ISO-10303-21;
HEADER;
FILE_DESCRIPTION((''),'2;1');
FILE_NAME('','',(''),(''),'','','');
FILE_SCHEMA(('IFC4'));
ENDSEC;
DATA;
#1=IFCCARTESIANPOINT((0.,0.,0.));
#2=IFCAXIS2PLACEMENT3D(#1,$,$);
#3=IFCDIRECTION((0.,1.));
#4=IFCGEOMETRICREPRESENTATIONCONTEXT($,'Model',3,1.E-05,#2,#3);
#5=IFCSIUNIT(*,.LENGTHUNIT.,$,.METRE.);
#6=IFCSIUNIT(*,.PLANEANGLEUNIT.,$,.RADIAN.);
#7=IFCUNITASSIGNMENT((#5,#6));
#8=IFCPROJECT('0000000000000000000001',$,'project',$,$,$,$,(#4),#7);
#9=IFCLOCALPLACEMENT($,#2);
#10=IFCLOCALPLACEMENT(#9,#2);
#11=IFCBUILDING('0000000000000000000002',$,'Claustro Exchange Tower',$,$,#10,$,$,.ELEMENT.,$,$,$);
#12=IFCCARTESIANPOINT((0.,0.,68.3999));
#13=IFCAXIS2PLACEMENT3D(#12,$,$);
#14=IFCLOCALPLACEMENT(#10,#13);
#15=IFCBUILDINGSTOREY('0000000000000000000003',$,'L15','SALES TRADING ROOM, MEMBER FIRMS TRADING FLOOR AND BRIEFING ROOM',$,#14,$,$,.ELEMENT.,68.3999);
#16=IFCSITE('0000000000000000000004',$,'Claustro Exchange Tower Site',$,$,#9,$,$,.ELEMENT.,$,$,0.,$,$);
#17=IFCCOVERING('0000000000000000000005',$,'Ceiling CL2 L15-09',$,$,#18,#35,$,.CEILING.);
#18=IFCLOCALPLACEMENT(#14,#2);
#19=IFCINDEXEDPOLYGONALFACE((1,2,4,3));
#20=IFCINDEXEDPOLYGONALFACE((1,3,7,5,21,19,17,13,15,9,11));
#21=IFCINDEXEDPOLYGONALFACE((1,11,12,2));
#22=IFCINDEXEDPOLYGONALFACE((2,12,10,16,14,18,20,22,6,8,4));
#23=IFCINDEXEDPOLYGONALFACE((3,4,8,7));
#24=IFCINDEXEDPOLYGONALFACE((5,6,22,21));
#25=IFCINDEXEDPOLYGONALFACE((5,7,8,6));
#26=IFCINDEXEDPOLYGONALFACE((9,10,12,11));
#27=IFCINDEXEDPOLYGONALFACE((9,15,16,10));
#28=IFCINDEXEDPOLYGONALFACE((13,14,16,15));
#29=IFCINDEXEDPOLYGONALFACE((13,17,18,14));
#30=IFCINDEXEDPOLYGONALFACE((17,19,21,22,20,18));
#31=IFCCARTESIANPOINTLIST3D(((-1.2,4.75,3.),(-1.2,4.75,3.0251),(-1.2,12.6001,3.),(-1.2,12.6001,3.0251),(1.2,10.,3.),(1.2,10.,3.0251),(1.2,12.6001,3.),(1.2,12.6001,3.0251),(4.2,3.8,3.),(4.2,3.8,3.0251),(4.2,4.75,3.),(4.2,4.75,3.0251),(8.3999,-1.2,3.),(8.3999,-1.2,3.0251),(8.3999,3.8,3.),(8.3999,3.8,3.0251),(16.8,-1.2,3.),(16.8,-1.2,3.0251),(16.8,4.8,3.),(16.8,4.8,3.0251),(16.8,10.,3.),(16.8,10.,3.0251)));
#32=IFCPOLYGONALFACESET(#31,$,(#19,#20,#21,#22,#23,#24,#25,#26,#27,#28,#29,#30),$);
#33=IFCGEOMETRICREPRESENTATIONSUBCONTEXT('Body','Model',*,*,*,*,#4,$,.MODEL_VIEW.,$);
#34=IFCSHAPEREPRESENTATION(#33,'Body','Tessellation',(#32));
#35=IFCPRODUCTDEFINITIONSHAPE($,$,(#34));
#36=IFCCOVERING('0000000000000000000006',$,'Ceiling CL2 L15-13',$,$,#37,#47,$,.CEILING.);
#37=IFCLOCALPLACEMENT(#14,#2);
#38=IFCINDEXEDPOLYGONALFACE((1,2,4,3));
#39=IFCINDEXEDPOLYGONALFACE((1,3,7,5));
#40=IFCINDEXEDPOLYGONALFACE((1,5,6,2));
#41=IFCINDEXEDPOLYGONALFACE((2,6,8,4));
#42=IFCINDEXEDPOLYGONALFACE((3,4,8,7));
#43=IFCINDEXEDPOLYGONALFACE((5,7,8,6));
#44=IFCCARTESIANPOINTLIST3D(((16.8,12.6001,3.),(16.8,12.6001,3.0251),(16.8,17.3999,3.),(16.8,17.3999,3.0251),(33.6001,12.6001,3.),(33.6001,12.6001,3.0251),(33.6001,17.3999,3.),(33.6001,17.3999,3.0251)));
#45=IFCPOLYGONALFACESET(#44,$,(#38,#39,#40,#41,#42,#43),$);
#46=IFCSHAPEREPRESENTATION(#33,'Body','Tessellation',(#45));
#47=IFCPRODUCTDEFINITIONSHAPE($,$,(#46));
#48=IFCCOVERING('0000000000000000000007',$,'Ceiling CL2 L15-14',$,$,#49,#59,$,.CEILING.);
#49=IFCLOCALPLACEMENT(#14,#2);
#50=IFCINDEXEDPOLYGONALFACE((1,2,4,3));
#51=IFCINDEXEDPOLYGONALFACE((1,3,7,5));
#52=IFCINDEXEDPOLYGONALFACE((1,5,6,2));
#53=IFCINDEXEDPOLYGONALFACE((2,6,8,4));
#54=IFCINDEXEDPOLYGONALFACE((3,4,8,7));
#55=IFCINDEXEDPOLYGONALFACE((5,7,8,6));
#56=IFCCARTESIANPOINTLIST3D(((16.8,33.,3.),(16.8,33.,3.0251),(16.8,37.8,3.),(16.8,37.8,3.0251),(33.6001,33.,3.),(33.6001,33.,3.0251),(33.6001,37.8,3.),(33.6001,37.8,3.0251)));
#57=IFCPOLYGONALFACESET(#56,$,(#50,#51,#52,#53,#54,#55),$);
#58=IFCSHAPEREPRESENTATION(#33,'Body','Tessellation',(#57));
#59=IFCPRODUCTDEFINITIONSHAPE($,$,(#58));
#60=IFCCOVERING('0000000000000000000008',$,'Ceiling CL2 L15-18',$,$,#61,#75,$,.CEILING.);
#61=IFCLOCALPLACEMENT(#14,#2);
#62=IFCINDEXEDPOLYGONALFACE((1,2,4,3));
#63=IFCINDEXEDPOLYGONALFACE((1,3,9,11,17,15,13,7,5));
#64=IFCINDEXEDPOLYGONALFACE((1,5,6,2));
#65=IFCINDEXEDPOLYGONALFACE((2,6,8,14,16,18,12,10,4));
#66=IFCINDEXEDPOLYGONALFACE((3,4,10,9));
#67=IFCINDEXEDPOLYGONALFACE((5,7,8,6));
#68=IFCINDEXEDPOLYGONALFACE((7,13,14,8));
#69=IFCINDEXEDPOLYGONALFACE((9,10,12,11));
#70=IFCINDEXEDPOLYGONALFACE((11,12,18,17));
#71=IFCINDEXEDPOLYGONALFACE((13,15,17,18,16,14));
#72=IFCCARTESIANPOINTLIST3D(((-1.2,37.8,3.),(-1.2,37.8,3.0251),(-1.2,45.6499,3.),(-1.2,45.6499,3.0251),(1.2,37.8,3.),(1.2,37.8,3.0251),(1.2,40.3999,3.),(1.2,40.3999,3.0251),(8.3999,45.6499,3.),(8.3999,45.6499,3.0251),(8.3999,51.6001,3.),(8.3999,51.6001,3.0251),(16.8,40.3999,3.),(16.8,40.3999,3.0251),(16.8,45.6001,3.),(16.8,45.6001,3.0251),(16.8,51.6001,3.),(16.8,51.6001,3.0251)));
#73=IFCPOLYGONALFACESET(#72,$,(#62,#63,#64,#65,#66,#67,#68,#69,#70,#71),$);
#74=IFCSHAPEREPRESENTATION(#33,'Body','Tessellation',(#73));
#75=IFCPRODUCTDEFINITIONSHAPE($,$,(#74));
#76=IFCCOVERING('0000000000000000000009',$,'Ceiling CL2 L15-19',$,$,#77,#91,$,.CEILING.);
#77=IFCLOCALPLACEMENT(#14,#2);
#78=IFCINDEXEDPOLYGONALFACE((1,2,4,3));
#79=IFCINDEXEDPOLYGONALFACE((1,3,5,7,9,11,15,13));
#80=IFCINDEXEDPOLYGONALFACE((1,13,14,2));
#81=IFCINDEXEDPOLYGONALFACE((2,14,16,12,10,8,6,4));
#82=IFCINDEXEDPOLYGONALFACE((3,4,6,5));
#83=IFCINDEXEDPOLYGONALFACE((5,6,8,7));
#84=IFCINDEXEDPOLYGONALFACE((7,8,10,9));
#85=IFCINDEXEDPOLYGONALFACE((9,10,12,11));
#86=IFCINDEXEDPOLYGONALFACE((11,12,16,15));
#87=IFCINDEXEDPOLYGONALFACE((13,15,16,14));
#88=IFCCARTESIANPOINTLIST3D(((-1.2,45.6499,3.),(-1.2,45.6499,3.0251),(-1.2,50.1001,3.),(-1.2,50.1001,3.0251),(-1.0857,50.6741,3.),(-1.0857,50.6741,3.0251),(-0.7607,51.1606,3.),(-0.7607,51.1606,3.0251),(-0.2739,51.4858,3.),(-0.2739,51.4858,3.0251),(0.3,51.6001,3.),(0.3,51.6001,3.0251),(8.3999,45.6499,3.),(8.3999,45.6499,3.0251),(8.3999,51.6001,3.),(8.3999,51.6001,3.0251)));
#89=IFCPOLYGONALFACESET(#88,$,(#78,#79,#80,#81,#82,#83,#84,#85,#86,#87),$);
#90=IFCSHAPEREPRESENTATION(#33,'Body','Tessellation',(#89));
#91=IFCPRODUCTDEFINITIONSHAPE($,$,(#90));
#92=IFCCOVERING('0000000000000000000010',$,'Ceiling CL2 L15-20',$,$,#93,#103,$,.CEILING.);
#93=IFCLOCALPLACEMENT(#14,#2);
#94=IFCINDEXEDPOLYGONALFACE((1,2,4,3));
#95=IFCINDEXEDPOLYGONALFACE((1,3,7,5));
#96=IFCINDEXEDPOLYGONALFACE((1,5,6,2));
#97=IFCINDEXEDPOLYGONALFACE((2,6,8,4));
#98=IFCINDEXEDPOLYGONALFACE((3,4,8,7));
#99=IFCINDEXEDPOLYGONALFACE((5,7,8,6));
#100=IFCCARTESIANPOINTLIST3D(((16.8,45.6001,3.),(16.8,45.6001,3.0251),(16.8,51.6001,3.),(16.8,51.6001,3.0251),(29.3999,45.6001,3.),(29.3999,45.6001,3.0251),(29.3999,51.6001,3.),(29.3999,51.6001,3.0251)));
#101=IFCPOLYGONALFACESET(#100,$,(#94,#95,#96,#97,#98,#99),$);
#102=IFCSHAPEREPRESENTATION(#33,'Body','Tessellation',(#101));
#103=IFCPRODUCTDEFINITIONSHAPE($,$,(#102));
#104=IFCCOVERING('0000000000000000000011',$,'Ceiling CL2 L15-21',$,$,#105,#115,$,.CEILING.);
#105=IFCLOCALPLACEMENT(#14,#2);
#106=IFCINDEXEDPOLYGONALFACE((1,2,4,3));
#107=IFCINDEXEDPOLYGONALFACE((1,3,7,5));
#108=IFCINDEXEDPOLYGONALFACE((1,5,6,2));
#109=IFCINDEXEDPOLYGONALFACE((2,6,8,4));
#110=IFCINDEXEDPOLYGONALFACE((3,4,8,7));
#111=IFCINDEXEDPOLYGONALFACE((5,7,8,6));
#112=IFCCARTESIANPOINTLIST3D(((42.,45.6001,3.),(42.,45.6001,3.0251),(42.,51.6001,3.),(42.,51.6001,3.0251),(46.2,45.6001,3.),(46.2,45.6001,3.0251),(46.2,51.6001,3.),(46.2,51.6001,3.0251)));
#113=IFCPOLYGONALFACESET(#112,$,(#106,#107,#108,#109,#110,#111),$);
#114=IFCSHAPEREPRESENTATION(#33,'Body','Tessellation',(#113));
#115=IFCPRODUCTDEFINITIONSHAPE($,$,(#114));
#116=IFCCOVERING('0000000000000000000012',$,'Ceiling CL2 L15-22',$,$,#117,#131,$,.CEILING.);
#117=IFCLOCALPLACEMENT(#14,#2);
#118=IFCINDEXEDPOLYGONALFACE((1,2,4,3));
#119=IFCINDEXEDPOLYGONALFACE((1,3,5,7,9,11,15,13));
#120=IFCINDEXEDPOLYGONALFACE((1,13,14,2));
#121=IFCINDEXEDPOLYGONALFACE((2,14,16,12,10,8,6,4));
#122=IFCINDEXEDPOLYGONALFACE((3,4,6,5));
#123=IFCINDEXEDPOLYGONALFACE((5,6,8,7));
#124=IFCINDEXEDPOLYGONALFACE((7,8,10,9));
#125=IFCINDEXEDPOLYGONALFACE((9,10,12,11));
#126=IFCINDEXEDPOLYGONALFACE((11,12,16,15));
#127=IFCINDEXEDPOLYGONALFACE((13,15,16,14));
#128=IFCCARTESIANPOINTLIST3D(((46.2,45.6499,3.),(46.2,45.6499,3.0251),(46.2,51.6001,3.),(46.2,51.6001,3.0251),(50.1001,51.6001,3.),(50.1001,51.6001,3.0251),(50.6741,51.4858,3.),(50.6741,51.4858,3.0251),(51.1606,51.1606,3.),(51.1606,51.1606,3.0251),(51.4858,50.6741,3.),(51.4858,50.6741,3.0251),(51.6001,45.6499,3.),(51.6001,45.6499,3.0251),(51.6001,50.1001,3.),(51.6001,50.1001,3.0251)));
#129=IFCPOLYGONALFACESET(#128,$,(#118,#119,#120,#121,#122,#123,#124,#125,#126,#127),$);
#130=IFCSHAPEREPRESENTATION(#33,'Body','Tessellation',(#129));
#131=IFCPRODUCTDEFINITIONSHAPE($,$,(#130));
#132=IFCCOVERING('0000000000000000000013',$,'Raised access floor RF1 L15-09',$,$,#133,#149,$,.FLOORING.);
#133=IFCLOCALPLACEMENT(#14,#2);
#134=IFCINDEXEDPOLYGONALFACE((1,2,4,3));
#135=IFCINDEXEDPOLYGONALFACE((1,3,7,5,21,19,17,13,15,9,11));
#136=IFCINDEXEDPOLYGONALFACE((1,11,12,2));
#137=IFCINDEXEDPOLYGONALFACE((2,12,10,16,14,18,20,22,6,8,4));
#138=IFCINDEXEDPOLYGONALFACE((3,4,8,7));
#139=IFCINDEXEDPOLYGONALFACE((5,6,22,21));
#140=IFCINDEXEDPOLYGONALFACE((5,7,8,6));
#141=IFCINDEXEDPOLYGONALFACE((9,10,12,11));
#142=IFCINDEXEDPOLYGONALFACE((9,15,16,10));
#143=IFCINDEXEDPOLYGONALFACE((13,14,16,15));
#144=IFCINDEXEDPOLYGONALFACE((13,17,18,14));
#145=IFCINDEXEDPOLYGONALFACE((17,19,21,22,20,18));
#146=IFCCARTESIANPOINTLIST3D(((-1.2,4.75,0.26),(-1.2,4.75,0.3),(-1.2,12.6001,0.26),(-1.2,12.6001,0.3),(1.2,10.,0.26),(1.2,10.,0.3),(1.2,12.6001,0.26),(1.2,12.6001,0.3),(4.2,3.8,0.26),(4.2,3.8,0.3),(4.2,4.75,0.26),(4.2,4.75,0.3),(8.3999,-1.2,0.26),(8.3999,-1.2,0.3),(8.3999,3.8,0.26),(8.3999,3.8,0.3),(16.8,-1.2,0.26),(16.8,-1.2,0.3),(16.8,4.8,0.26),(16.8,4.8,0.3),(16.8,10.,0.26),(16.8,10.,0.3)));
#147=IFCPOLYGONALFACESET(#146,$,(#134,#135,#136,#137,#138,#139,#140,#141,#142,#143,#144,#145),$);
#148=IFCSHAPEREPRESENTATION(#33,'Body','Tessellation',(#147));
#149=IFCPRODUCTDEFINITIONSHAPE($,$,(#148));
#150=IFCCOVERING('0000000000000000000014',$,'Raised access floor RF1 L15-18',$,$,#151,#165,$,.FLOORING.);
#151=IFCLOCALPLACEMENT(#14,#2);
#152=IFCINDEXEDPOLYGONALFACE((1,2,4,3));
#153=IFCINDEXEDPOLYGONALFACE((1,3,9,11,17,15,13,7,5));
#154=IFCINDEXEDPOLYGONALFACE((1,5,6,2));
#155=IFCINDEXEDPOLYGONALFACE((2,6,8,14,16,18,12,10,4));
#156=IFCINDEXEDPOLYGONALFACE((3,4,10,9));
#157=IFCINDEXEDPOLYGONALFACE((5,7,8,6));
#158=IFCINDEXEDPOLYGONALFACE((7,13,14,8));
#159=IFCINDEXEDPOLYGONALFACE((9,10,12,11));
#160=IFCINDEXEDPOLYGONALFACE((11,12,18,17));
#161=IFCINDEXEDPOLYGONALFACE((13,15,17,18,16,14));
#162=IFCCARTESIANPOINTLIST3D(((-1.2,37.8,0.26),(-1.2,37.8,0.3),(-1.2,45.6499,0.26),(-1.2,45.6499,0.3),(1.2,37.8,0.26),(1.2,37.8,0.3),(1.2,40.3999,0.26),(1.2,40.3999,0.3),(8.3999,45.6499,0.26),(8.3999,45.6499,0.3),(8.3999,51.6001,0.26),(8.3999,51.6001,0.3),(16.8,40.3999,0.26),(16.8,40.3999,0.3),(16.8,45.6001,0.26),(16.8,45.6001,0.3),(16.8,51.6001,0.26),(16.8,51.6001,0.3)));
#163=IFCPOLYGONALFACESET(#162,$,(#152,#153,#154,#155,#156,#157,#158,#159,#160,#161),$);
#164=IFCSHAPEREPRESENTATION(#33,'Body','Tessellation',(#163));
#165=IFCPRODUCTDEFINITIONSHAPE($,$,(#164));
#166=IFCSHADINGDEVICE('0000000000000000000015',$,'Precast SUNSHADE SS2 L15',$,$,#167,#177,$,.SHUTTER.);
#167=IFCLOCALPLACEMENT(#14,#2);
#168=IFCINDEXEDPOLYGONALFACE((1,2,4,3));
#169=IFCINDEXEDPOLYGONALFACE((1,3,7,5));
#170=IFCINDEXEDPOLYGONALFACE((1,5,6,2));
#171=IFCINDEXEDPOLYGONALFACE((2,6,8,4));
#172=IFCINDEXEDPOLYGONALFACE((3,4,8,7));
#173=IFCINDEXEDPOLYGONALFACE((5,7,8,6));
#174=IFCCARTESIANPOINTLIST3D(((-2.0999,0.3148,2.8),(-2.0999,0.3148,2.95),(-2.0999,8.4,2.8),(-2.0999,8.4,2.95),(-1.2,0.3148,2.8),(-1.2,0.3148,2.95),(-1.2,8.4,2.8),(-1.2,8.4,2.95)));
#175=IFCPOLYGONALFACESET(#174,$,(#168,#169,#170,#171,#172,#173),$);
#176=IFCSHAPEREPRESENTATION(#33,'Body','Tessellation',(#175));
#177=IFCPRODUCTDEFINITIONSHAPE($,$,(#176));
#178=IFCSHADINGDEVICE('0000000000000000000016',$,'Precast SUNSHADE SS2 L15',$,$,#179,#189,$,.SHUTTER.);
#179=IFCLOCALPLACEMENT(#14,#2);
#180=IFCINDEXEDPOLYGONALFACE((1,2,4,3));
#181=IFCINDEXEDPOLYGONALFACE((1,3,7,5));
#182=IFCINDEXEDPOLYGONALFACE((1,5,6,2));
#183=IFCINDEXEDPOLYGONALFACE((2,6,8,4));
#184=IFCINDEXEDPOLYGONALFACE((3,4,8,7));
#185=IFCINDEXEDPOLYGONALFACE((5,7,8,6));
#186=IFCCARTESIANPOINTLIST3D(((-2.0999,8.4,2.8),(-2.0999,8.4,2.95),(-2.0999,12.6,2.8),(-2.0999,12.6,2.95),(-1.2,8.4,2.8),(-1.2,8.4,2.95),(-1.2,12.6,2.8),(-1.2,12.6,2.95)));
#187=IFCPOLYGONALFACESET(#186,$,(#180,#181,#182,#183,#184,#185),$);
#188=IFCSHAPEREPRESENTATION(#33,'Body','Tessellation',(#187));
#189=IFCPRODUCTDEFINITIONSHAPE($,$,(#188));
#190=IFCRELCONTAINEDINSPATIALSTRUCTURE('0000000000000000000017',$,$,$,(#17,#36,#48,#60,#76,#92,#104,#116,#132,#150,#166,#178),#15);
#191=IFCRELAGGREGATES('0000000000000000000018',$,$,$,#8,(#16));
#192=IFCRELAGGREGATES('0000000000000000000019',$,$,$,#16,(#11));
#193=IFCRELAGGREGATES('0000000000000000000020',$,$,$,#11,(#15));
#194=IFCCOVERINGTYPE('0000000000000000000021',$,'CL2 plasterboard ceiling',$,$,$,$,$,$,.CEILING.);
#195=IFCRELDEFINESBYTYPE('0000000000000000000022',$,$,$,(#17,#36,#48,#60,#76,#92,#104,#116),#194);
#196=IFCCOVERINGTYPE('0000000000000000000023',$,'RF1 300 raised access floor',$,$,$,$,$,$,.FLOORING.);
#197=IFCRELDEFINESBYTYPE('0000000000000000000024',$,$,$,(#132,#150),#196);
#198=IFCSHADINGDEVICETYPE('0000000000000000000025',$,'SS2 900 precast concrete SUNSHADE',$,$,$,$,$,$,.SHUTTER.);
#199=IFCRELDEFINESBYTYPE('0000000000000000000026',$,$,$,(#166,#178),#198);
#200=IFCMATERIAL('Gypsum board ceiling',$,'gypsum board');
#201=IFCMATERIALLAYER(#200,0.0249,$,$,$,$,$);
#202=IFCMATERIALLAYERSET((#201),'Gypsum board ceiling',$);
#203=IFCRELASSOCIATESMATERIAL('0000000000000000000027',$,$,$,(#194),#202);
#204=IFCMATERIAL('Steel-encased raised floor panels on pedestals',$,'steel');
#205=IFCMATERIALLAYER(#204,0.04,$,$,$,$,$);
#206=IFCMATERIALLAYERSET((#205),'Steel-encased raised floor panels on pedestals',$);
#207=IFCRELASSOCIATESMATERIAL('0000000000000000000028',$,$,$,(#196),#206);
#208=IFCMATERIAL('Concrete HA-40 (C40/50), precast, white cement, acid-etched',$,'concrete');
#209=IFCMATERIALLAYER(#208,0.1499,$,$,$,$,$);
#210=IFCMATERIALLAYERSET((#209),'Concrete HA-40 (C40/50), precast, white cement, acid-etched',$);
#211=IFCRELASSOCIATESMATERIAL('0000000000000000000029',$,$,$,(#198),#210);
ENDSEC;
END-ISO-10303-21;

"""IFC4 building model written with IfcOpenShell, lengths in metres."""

from ifc_helpers import new_model, si_unit, direction, frame, origin, origin_2d, place, context, subcontext, project, spatial, polyline, rectangle, outline, extrude, material, layer, layer_set, type_object, element, save


model = new_model("IFC4")

# Units and contexts
model_context = context("Model", 3, precision=1e-05, world=origin(), true_north=direction((0.0, 1.0)))
body_context = subcontext(model_context, "Body", "Model", "MODEL_VIEW")
ifc_project = project(units=[si_unit("LENGTHUNIT", "METRE"), si_unit("PLANEANGLEUNIT", "RADIAN")], contexts=[model_context])

# Site, building, storey
site_placement = place(None, origin())
site = spatial("IfcSite", under=ifc_project, at=site_placement, Name="Claustro Exchange Tower Site", CompositionType="ELEMENT", RefElevation=0.0)
building_placement = place(site_placement, origin())
building = spatial("IfcBuilding", under=site, at=building_placement, Name="Claustro Exchange Tower", CompositionType="ELEMENT")
storey_placement = place(building_placement, frame((0.0, 0.0, 68.3999)))
storey = spatial("IfcBuildingStorey", under=building, at=storey_placement, Name="L15", Description="SALES TRADING ROOM, MEMBER FIRMS TRADING FLOOR AND BRIEFING ROOM", CompositionType="ELEMENT", Elevation=68.3999)

# Coverings
ifc_material_1 = material(Name="Gypsum board ceiling", Category="gypsum board")
ifc_layer_1 = layer(ifc_material_1, 0.0249)
ifc_layer_set_1 = layer_set([ifc_layer_1], Name="Gypsum board ceiling")
covering_type_1 = type_object("IfcCoveringType", Name="CL2 plasterboard ceiling", PredefinedType="CEILING", material=ifc_layer_set_1)
covering_1_placement = place(storey_placement, frame((0.0, 0.0, 3.0)))
element("IfcCovering", 1, at=covering_1_placement, inside=storey, type_object=covering_type_1, Name="Ceiling CL2 L15-09", PredefinedType="CEILING", context=body_context, shape_type="SweptSolid", body=[
    extrude(outline(polyline([(-1.2, 12.6001), (-1.2, 4.75), (4.2, 4.75), (4.2, 3.8), (8.3999, 3.8), (8.3999, -1.2), (16.8, -1.2), (16.8, 4.8), (16.8, 10.0), (1.2, 10.0), (1.2, 12.6001), (-1.2, 12.6001)])), origin(), (0.0, 0.0, 1.0), 0.0251),
])
covering_2_placement = place(storey_placement, frame((0.0, 0.0, 3.0)))
element("IfcCovering", 2, at=covering_2_placement, inside=storey, type_object=covering_type_1, Name="Ceiling CL2 L15-13", PredefinedType="CEILING", context=body_context, shape_type="SweptSolid", body=[
    extrude(outline(polyline([(16.8, 17.3999), (16.8, 12.6001), (33.6001, 12.6001), (33.6001, 17.3999), (16.8, 17.3999)])), origin(), (0.0, 0.0, 1.0), 0.0251),
])
covering_3_placement = place(storey_placement, frame((0.0, 0.0, 3.0)))
element("IfcCovering", 3, at=covering_3_placement, inside=storey, type_object=covering_type_1, Name="Ceiling CL2 L15-14", PredefinedType="CEILING", context=body_context, shape_type="SweptSolid", body=[
    extrude(outline(polyline([(33.6001, 33.0), (33.6001, 37.8), (16.8, 37.8), (16.8, 33.0), (33.6001, 33.0)])), origin(), (0.0, 0.0, 1.0), 0.0251),
])
covering_4_placement = place(storey_placement, frame((0.0, 0.0, 3.0)))
element("IfcCovering", 4, at=covering_4_placement, inside=storey, type_object=covering_type_1, Name="Ceiling CL2 L15-18", PredefinedType="CEILING", context=body_context, shape_type="SweptSolid", body=[
    extrude(outline(polyline([(-1.2, 45.6499), (-1.2, 37.8), (1.2, 37.8), (1.2, 40.3999), (16.8, 40.3999), (16.8, 45.6001), (16.8, 51.6001), (8.3999, 51.6001), (8.3999, 45.6499), (-1.2, 45.6499)])), origin(), (0.0, 0.0, 1.0), 0.0251),
])
covering_5_placement = place(storey_placement, frame((0.0, 0.0, 3.0)))
element("IfcCovering", 5, at=covering_5_placement, inside=storey, type_object=covering_type_1, Name="Ceiling CL2 L15-19", PredefinedType="CEILING", context=body_context, shape_type="SweptSolid", body=[
    extrude(outline(polyline([(-1.2, 50.1001), (-1.2, 45.6499), (8.3999, 45.6499), (8.3999, 51.6001), (0.3, 51.6001), (-0.2739, 51.4858), (-0.7607, 51.1606), (-1.0857, 50.6741), (-1.2, 50.1001)])), origin(), (0.0, 0.0, 1.0), 0.0251),
])
covering_6_placement = place(storey_placement, frame((0.0, 0.0, 3.0)))
element("IfcCovering", 6, at=covering_6_placement, inside=storey, type_object=covering_type_1, Name="Ceiling CL2 L15-20", PredefinedType="CEILING", context=body_context, shape_type="SweptSolid", body=[
    extrude(outline(polyline([(29.3999, 51.6001), (16.8, 51.6001), (16.8, 45.6001), (29.3999, 45.6001), (29.3999, 51.6001)])), origin(), (0.0, 0.0, 1.0), 0.0251),
])
covering_7_placement = place(storey_placement, frame((0.0, 0.0, 3.0)))
element("IfcCovering", 7, at=covering_7_placement, inside=storey, type_object=covering_type_1, Name="Ceiling CL2 L15-21", PredefinedType="CEILING", context=body_context, shape_type="SweptSolid", body=[
    extrude(outline(polyline([(46.2, 51.6001), (42.0, 51.6001), (42.0, 45.6001), (46.2, 45.6001), (46.2, 51.6001)])), origin(), (0.0, 0.0, 1.0), 0.0251),
])
covering_8_placement = place(storey_placement, frame((0.0, 0.0, 3.0)))
element("IfcCovering", 8, at=covering_8_placement, inside=storey, type_object=covering_type_1, Name="Ceiling CL2 L15-22", PredefinedType="CEILING", context=body_context, shape_type="SweptSolid", body=[
    extrude(outline(polyline([(50.1001, 51.6001), (46.2, 51.6001), (46.2, 45.6499), (51.6001, 45.6499), (51.6001, 50.1001), (51.4858, 50.6741), (51.1606, 51.1606), (50.6741, 51.4858), (50.1001, 51.6001)])), origin(), (0.0, 0.0, 1.0), 0.0251),
])
ifc_material_2 = material(Name="Steel-encased raised floor panels on pedestals", Category="steel")
ifc_layer_2 = layer(ifc_material_2, 0.04)
ifc_layer_set_2 = layer_set([ifc_layer_2], Name="Steel-encased raised floor panels on pedestals")
covering_type_2 = type_object("IfcCoveringType", Name="RF1 300 raised access floor", PredefinedType="FLOORING", material=ifc_layer_set_2)
covering_9_placement = place(storey_placement, frame((0.0, 0.0, 0.26)))
element("IfcCovering", 9, at=covering_9_placement, inside=storey, type_object=covering_type_2, Name="Raised access floor RF1 L15-09", PredefinedType="FLOORING", context=body_context, shape_type="SweptSolid", body=[
    extrude(outline(polyline([(-1.2, 12.6001), (-1.2, 4.75), (4.2, 4.75), (4.2, 3.8), (8.3999, 3.8), (8.3999, -1.2), (16.8, -1.2), (16.8, 4.8), (16.8, 10.0), (1.2, 10.0), (1.2, 12.6001), (-1.2, 12.6001)])), origin(), (0.0, 0.0, 1.0), 0.04),
])
covering_10_placement = place(storey_placement, frame((0.0, 0.0, 0.26)))
element("IfcCovering", 10, at=covering_10_placement, inside=storey, type_object=covering_type_2, Name="Raised access floor RF1 L15-18", PredefinedType="FLOORING", context=body_context, shape_type="SweptSolid", body=[
    extrude(outline(polyline([(-1.2, 45.6499), (-1.2, 37.8), (1.2, 37.8), (1.2, 40.3999), (16.8, 40.3999), (16.8, 45.6001), (16.8, 51.6001), (8.3999, 51.6001), (8.3999, 45.6499), (-1.2, 45.6499)])), origin(), (0.0, 0.0, 1.0), 0.04),
])

# Shading devices
ifc_material_3 = material(Name="Concrete HA-40 (C40/50), precast, white cement, acid-etched", Category="concrete")
ifc_layer_3 = layer(ifc_material_3, 0.1499)
ifc_layer_set_3 = layer_set([ifc_layer_3], Name="Concrete HA-40 (C40/50), precast, white cement, acid-etched")
shading_device_type = type_object("IfcShadingDeviceType", Name="SS2 900 precast concrete SUNSHADE", PredefinedType="SHUTTER", material=ifc_layer_set_3)
shading_device_1_placement = place(storey_placement, frame((-1.6499, 4.3574, 2.8), z_axis=(0.0, 0.0, 1.0), x_axis=(0.0, 1.0, 0.0)))
element("IfcShadingDevice", 11, at=shading_device_1_placement, inside=storey, type_object=shading_device_type, Name="Precast SUNSHADE SS2 L15", PredefinedType="SHUTTER", context=body_context, shape_type="SweptSolid", body=[
    extrude(rectangle(XDim=8.0852, YDim=0.8999, at=origin_2d()), origin(), (0.0, 0.0, 1.0), 0.1499),
])
shading_device_2_placement = place(storey_placement, frame((-1.6499, 10.5, 2.8), z_axis=(0.0, 0.0, 1.0), x_axis=(0.0, 1.0, 0.0)))
element("IfcShadingDevice", 12, at=shading_device_2_placement, inside=storey, type_object=shading_device_type, Name="Precast SUNSHADE SS2 L15", PredefinedType="SHUTTER", context=body_context, shape_type="SweptSolid", body=[
    extrude(rectangle(XDim=4.2, YDim=0.8999, at=origin_2d()), origin(), (0.0, 0.0, 1.0), 0.1499),
])

save(model, "model.ifc")
